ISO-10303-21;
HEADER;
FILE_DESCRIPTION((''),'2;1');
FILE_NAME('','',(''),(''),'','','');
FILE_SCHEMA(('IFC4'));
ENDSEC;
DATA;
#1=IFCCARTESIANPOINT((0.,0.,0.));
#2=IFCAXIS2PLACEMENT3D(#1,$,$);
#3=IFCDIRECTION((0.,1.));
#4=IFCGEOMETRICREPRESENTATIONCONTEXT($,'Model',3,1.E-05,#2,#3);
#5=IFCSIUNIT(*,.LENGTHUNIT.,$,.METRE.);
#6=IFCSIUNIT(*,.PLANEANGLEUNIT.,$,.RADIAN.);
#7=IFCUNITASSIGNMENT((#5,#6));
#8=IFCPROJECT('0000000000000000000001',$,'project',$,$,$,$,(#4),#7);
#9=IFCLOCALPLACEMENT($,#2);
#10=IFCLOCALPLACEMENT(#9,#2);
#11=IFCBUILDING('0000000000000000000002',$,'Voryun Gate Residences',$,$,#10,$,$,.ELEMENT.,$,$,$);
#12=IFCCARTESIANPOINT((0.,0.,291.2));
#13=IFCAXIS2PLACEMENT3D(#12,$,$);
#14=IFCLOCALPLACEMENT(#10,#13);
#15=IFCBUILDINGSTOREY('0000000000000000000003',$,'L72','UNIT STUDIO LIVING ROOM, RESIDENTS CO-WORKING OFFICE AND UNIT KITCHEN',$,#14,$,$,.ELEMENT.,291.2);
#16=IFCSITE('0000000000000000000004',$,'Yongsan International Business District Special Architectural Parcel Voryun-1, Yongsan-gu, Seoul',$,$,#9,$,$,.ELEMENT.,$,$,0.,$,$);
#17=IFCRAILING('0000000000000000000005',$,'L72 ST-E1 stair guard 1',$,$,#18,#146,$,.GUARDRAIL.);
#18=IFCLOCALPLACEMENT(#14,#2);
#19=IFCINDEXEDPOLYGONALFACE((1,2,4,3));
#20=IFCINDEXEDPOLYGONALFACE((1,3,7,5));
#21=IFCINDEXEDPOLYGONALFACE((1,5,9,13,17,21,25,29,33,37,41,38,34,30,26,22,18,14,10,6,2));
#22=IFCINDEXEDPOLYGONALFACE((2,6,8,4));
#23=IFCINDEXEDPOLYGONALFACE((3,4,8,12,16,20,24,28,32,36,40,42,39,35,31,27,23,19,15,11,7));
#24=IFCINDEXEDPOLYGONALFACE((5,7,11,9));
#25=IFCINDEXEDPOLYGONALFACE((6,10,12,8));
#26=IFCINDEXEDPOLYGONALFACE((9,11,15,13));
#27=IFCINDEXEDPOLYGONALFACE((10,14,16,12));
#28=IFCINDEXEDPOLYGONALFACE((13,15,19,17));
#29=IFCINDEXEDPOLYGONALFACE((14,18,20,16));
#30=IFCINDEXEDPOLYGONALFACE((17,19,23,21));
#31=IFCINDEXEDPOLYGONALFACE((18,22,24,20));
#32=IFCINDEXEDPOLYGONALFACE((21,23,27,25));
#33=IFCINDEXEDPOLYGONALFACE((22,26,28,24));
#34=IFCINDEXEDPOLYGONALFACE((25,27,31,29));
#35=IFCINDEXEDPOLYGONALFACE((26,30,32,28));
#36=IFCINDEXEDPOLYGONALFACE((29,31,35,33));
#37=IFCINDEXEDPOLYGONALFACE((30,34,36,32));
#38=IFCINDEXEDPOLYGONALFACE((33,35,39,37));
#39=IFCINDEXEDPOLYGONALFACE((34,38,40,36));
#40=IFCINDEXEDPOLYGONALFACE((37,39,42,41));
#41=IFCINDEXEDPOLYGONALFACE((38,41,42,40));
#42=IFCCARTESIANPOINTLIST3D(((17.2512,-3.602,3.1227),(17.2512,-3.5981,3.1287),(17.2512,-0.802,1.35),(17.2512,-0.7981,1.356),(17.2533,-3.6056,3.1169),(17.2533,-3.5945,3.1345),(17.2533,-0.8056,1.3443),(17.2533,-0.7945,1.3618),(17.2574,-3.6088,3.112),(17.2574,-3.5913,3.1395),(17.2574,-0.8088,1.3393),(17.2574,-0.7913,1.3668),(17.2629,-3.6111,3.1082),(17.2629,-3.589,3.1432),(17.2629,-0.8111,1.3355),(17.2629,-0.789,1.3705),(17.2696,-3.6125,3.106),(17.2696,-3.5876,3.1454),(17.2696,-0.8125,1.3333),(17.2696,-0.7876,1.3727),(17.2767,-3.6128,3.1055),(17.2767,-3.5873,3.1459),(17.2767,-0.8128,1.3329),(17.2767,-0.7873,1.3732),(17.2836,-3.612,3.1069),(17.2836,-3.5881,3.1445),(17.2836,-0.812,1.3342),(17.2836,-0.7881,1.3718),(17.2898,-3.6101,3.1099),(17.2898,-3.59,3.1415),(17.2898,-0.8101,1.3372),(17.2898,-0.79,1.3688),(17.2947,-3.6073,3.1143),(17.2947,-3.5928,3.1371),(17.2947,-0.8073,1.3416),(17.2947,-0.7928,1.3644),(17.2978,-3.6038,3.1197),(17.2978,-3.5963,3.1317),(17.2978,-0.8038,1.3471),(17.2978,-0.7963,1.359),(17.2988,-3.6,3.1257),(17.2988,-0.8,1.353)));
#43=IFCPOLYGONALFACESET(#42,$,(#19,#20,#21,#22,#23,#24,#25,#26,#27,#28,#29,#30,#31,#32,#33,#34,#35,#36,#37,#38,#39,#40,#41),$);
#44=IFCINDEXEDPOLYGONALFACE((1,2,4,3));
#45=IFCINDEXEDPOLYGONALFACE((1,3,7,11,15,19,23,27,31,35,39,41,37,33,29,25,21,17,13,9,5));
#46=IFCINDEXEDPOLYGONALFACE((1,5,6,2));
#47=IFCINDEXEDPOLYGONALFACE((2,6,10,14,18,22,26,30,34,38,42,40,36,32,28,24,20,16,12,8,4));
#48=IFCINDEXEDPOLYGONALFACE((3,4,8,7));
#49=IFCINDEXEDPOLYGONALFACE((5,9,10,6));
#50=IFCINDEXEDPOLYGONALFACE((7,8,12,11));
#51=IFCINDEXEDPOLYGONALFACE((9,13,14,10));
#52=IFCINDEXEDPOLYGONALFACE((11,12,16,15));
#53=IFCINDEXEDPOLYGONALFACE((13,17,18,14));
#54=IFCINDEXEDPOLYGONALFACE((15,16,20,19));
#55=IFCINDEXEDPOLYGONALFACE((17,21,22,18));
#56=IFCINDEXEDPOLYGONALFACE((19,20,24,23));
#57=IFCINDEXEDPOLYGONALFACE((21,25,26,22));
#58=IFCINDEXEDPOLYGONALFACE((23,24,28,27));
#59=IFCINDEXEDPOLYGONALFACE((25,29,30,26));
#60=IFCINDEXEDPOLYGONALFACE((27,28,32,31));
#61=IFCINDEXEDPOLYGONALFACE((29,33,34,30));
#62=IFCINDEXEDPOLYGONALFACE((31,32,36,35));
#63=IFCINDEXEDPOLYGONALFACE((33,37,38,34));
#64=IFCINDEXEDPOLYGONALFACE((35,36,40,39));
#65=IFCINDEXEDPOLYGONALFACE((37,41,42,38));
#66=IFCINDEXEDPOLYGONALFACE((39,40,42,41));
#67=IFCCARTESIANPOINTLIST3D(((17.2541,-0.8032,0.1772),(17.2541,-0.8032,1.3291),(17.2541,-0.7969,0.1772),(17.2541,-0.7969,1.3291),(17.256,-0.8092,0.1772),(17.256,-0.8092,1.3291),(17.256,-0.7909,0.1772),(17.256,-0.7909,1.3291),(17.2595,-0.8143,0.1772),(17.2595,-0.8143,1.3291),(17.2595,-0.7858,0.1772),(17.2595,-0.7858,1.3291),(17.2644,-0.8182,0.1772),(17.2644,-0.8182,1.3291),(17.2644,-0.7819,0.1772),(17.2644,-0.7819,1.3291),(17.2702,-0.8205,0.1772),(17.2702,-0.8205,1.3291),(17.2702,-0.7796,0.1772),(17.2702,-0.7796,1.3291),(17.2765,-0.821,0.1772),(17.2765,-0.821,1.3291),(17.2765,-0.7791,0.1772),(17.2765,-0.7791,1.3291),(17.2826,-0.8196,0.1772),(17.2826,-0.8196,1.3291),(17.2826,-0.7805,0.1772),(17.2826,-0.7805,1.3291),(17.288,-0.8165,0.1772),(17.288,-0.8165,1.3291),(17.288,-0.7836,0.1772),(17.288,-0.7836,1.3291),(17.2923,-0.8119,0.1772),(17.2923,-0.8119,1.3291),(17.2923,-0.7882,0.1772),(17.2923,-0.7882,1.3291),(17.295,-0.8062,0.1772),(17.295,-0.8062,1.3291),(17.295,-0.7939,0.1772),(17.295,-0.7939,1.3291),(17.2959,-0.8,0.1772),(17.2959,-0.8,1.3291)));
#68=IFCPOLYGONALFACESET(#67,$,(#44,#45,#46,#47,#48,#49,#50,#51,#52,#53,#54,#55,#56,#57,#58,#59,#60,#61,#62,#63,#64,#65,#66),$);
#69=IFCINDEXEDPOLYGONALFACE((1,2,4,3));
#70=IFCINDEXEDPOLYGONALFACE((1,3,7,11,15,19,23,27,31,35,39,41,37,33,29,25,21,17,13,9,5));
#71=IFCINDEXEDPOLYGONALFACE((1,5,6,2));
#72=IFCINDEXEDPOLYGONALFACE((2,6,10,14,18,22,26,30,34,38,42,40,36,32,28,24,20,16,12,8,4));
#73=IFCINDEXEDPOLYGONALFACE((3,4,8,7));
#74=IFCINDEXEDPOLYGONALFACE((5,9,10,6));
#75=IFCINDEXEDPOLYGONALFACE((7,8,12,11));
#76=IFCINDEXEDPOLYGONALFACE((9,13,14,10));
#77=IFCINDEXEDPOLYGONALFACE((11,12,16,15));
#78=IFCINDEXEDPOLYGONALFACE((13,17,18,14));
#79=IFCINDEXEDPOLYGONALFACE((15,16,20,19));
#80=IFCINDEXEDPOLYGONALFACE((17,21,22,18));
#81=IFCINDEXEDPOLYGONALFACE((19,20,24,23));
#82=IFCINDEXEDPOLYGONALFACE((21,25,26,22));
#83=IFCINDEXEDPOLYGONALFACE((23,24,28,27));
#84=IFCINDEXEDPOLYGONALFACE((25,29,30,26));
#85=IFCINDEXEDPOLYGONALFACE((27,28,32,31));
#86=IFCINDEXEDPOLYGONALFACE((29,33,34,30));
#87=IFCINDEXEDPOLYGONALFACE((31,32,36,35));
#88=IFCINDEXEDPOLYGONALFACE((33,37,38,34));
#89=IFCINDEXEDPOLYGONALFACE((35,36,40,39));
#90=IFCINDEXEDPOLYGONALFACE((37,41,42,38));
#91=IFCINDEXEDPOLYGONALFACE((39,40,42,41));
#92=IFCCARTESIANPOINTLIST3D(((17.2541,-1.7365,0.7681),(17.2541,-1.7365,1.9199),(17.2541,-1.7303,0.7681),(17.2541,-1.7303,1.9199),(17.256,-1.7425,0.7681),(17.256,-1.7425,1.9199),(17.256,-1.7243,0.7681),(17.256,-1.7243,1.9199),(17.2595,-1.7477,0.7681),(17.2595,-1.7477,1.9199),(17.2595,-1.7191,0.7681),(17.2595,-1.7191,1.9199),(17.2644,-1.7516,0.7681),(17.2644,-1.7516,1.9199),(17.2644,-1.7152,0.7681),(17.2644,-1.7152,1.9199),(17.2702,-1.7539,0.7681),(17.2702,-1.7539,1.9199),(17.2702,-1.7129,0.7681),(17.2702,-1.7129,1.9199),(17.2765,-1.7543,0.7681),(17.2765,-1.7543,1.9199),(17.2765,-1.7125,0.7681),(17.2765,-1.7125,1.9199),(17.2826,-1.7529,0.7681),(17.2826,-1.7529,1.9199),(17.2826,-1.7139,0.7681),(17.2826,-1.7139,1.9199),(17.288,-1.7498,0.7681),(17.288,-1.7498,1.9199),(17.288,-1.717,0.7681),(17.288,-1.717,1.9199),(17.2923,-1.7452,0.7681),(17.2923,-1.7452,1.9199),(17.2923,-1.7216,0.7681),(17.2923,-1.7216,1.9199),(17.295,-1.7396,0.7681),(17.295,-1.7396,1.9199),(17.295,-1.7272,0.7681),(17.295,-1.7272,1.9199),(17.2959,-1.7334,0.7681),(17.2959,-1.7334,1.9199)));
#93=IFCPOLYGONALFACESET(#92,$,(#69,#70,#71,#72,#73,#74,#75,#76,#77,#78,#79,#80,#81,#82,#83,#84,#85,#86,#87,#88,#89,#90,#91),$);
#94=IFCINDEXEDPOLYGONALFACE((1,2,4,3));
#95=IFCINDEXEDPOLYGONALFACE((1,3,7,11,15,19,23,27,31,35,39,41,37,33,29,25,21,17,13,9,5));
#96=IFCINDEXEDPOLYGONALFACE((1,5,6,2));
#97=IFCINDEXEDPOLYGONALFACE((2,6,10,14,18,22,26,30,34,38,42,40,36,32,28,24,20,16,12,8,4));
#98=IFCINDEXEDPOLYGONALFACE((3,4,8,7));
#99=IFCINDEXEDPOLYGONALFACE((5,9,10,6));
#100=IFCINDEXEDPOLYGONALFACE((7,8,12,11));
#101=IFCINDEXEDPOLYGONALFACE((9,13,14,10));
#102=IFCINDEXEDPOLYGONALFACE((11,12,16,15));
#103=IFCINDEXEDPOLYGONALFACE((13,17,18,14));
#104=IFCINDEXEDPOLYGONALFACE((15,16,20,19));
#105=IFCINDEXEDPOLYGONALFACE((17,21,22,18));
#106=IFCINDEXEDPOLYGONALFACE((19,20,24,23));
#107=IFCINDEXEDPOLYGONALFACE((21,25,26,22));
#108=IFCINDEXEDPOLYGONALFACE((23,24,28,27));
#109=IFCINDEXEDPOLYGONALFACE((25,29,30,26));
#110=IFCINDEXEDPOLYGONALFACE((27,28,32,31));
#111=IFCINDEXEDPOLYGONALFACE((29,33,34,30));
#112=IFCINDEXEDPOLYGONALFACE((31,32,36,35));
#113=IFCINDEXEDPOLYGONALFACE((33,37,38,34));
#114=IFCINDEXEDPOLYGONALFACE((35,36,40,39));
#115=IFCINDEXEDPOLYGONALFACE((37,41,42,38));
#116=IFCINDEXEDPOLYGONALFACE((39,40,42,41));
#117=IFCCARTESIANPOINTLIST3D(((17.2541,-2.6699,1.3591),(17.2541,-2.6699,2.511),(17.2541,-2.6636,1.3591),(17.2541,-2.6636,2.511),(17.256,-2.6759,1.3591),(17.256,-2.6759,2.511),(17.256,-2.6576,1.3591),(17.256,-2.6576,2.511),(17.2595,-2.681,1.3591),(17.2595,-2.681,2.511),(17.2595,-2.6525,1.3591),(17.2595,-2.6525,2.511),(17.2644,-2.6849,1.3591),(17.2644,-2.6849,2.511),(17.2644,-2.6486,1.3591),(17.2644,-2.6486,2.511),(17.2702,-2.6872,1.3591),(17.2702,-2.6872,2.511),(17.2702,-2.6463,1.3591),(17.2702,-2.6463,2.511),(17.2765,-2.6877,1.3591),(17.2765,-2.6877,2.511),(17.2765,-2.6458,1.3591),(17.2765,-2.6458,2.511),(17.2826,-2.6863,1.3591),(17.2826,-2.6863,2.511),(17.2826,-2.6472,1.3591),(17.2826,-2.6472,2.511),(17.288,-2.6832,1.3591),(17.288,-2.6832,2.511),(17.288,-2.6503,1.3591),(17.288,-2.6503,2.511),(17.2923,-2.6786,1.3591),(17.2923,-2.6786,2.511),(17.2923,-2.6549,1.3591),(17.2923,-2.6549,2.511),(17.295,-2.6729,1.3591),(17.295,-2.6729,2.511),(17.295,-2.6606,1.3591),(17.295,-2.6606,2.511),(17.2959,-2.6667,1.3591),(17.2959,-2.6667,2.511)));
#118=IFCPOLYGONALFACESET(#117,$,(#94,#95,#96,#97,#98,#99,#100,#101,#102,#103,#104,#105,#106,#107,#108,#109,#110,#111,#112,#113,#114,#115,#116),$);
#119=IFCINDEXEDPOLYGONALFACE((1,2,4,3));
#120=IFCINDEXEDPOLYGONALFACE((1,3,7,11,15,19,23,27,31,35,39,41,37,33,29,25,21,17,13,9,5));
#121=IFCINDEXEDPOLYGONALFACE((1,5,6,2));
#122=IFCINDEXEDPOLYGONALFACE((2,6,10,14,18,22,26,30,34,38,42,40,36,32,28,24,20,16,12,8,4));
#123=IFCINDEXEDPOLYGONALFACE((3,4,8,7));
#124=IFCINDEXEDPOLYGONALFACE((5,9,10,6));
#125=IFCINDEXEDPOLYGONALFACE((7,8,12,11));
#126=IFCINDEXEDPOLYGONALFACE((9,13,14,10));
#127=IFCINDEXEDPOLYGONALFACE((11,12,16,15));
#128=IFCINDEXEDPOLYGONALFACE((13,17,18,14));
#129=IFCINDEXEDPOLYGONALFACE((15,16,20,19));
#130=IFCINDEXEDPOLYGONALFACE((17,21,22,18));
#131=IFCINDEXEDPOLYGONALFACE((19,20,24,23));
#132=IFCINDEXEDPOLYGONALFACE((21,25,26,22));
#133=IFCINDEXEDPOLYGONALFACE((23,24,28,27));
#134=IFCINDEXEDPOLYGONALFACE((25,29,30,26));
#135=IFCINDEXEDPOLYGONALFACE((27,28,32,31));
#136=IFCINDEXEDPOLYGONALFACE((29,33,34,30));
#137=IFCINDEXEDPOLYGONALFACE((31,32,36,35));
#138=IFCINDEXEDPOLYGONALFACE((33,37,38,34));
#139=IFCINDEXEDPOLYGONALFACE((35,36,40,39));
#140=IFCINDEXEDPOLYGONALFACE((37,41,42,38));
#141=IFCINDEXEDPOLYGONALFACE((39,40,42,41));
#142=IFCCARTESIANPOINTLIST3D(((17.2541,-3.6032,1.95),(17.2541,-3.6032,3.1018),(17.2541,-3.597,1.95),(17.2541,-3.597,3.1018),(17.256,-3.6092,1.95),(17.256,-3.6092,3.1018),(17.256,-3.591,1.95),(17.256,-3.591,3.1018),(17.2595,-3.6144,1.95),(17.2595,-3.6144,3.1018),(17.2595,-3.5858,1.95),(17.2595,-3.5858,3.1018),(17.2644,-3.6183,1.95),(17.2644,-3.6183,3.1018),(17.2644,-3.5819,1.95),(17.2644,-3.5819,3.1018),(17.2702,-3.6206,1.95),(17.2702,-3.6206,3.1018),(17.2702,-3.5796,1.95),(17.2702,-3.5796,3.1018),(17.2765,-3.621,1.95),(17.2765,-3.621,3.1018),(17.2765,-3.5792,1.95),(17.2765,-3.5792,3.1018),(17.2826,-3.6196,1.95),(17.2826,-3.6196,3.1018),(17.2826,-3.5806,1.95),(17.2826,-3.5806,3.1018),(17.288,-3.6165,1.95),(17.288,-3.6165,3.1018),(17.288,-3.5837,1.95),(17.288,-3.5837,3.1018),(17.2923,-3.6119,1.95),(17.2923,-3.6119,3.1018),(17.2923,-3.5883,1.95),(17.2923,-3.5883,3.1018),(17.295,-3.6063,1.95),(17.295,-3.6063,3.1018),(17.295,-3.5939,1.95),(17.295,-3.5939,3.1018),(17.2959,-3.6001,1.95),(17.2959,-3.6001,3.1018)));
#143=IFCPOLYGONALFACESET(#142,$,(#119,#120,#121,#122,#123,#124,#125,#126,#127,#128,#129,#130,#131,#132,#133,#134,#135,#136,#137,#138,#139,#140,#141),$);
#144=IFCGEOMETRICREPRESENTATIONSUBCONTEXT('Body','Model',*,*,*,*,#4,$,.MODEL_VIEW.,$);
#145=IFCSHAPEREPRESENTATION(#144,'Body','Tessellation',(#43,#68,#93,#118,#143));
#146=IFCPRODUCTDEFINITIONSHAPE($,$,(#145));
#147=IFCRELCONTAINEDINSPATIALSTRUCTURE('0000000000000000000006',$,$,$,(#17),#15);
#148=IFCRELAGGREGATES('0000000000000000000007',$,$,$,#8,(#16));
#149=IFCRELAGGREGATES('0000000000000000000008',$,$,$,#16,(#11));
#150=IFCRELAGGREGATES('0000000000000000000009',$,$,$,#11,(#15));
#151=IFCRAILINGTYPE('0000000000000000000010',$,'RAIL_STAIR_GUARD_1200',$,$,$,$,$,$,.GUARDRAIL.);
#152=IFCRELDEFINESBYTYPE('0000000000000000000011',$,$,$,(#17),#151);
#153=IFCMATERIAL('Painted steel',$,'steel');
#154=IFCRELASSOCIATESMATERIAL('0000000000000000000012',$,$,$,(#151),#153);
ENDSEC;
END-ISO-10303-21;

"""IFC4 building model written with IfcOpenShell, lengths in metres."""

from ifc_helpers import new_model, si_unit, direction, frame, origin, origin_2d, place, context, subcontext, project, spatial, circle, extrude, material, type_object, element, save


model = new_model("IFC4")

# Units and contexts
model_context = context("Model", 3, precision=1e-05, world=origin(), true_north=direction((0.0, 1.0)))
body_context = subcontext(model_context, "Body", "Model", "MODEL_VIEW")
ifc_project = project(units=[si_unit("LENGTHUNIT", "METRE"), si_unit("PLANEANGLEUNIT", "RADIAN")], contexts=[model_context])

# Site, building, storey
site_placement = place(None, origin())
site = spatial("IfcSite", under=ifc_project, at=site_placement, Name="Yongsan International Business District Special Architectural Parcel Voryun-1, Yongsan-gu, Seoul", CompositionType="ELEMENT", RefElevation=0.0)
building_placement = place(site_placement, origin())
building = spatial("IfcBuilding", under=site, at=building_placement, Name="Voryun Gate Residences", CompositionType="ELEMENT")
storey_placement = place(building_placement, frame((0.0, 0.0, 291.2)))
storey = spatial("IfcBuildingStorey", under=building, at=storey_placement, Name="L72", Description="UNIT STUDIO LIVING ROOM, RESIDENTS CO-WORKING OFFICE AND UNIT KITCHEN", CompositionType="ELEMENT", Elevation=291.2)

# Railing
ifc_material_1 = material(Name="Painted steel", Category="steel")
railing_type_1 = type_object("IfcRailingType", Name="RAIL_STAIR_GUARD_1200", PredefinedType="GUARDRAIL", material=ifc_material_1)
railing_1_placement = place(storey_placement, frame((17.2749, -0.8, 0.1772)))
element("IfcRailing", 1, at=railing_1_placement, inside=storey, type_object=railing_type_1, Name="L72 ST-E1 stair guard 1", PredefinedType="GUARDRAIL", context=body_context, shape_type="SweptSolid", body=[
    extrude(circle(Radius=0.0239, at=origin_2d()), frame((0.0, 0.0, 1.1758), z_axis=(0.0, -0.844909, 0.53491), x_axis=(1.0, 0.0, 0.0)), (0.0, 0.0, 1.0), 3.314),
    extrude(circle(Radius=0.021, at=origin_2d()), origin(), (0.0, 0.0, 1.0), 1.1519),
    extrude(circle(Radius=0.021, at=origin_2d()), frame((0.0, -0.9333, 0.5908)), (0.0, 0.0, 1.0), 1.1519),
    extrude(circle(Radius=0.021, at=origin_2d()), frame((0.0, -1.8667, 1.1819)), (0.0, 0.0, 1.0), 1.1519),
    extrude(circle(Radius=0.021, at=origin_2d()), frame((0.0, -2.8, 1.7727)), (0.0, 0.0, 1.0), 1.1519),
])

save(model, "model.ifc")
